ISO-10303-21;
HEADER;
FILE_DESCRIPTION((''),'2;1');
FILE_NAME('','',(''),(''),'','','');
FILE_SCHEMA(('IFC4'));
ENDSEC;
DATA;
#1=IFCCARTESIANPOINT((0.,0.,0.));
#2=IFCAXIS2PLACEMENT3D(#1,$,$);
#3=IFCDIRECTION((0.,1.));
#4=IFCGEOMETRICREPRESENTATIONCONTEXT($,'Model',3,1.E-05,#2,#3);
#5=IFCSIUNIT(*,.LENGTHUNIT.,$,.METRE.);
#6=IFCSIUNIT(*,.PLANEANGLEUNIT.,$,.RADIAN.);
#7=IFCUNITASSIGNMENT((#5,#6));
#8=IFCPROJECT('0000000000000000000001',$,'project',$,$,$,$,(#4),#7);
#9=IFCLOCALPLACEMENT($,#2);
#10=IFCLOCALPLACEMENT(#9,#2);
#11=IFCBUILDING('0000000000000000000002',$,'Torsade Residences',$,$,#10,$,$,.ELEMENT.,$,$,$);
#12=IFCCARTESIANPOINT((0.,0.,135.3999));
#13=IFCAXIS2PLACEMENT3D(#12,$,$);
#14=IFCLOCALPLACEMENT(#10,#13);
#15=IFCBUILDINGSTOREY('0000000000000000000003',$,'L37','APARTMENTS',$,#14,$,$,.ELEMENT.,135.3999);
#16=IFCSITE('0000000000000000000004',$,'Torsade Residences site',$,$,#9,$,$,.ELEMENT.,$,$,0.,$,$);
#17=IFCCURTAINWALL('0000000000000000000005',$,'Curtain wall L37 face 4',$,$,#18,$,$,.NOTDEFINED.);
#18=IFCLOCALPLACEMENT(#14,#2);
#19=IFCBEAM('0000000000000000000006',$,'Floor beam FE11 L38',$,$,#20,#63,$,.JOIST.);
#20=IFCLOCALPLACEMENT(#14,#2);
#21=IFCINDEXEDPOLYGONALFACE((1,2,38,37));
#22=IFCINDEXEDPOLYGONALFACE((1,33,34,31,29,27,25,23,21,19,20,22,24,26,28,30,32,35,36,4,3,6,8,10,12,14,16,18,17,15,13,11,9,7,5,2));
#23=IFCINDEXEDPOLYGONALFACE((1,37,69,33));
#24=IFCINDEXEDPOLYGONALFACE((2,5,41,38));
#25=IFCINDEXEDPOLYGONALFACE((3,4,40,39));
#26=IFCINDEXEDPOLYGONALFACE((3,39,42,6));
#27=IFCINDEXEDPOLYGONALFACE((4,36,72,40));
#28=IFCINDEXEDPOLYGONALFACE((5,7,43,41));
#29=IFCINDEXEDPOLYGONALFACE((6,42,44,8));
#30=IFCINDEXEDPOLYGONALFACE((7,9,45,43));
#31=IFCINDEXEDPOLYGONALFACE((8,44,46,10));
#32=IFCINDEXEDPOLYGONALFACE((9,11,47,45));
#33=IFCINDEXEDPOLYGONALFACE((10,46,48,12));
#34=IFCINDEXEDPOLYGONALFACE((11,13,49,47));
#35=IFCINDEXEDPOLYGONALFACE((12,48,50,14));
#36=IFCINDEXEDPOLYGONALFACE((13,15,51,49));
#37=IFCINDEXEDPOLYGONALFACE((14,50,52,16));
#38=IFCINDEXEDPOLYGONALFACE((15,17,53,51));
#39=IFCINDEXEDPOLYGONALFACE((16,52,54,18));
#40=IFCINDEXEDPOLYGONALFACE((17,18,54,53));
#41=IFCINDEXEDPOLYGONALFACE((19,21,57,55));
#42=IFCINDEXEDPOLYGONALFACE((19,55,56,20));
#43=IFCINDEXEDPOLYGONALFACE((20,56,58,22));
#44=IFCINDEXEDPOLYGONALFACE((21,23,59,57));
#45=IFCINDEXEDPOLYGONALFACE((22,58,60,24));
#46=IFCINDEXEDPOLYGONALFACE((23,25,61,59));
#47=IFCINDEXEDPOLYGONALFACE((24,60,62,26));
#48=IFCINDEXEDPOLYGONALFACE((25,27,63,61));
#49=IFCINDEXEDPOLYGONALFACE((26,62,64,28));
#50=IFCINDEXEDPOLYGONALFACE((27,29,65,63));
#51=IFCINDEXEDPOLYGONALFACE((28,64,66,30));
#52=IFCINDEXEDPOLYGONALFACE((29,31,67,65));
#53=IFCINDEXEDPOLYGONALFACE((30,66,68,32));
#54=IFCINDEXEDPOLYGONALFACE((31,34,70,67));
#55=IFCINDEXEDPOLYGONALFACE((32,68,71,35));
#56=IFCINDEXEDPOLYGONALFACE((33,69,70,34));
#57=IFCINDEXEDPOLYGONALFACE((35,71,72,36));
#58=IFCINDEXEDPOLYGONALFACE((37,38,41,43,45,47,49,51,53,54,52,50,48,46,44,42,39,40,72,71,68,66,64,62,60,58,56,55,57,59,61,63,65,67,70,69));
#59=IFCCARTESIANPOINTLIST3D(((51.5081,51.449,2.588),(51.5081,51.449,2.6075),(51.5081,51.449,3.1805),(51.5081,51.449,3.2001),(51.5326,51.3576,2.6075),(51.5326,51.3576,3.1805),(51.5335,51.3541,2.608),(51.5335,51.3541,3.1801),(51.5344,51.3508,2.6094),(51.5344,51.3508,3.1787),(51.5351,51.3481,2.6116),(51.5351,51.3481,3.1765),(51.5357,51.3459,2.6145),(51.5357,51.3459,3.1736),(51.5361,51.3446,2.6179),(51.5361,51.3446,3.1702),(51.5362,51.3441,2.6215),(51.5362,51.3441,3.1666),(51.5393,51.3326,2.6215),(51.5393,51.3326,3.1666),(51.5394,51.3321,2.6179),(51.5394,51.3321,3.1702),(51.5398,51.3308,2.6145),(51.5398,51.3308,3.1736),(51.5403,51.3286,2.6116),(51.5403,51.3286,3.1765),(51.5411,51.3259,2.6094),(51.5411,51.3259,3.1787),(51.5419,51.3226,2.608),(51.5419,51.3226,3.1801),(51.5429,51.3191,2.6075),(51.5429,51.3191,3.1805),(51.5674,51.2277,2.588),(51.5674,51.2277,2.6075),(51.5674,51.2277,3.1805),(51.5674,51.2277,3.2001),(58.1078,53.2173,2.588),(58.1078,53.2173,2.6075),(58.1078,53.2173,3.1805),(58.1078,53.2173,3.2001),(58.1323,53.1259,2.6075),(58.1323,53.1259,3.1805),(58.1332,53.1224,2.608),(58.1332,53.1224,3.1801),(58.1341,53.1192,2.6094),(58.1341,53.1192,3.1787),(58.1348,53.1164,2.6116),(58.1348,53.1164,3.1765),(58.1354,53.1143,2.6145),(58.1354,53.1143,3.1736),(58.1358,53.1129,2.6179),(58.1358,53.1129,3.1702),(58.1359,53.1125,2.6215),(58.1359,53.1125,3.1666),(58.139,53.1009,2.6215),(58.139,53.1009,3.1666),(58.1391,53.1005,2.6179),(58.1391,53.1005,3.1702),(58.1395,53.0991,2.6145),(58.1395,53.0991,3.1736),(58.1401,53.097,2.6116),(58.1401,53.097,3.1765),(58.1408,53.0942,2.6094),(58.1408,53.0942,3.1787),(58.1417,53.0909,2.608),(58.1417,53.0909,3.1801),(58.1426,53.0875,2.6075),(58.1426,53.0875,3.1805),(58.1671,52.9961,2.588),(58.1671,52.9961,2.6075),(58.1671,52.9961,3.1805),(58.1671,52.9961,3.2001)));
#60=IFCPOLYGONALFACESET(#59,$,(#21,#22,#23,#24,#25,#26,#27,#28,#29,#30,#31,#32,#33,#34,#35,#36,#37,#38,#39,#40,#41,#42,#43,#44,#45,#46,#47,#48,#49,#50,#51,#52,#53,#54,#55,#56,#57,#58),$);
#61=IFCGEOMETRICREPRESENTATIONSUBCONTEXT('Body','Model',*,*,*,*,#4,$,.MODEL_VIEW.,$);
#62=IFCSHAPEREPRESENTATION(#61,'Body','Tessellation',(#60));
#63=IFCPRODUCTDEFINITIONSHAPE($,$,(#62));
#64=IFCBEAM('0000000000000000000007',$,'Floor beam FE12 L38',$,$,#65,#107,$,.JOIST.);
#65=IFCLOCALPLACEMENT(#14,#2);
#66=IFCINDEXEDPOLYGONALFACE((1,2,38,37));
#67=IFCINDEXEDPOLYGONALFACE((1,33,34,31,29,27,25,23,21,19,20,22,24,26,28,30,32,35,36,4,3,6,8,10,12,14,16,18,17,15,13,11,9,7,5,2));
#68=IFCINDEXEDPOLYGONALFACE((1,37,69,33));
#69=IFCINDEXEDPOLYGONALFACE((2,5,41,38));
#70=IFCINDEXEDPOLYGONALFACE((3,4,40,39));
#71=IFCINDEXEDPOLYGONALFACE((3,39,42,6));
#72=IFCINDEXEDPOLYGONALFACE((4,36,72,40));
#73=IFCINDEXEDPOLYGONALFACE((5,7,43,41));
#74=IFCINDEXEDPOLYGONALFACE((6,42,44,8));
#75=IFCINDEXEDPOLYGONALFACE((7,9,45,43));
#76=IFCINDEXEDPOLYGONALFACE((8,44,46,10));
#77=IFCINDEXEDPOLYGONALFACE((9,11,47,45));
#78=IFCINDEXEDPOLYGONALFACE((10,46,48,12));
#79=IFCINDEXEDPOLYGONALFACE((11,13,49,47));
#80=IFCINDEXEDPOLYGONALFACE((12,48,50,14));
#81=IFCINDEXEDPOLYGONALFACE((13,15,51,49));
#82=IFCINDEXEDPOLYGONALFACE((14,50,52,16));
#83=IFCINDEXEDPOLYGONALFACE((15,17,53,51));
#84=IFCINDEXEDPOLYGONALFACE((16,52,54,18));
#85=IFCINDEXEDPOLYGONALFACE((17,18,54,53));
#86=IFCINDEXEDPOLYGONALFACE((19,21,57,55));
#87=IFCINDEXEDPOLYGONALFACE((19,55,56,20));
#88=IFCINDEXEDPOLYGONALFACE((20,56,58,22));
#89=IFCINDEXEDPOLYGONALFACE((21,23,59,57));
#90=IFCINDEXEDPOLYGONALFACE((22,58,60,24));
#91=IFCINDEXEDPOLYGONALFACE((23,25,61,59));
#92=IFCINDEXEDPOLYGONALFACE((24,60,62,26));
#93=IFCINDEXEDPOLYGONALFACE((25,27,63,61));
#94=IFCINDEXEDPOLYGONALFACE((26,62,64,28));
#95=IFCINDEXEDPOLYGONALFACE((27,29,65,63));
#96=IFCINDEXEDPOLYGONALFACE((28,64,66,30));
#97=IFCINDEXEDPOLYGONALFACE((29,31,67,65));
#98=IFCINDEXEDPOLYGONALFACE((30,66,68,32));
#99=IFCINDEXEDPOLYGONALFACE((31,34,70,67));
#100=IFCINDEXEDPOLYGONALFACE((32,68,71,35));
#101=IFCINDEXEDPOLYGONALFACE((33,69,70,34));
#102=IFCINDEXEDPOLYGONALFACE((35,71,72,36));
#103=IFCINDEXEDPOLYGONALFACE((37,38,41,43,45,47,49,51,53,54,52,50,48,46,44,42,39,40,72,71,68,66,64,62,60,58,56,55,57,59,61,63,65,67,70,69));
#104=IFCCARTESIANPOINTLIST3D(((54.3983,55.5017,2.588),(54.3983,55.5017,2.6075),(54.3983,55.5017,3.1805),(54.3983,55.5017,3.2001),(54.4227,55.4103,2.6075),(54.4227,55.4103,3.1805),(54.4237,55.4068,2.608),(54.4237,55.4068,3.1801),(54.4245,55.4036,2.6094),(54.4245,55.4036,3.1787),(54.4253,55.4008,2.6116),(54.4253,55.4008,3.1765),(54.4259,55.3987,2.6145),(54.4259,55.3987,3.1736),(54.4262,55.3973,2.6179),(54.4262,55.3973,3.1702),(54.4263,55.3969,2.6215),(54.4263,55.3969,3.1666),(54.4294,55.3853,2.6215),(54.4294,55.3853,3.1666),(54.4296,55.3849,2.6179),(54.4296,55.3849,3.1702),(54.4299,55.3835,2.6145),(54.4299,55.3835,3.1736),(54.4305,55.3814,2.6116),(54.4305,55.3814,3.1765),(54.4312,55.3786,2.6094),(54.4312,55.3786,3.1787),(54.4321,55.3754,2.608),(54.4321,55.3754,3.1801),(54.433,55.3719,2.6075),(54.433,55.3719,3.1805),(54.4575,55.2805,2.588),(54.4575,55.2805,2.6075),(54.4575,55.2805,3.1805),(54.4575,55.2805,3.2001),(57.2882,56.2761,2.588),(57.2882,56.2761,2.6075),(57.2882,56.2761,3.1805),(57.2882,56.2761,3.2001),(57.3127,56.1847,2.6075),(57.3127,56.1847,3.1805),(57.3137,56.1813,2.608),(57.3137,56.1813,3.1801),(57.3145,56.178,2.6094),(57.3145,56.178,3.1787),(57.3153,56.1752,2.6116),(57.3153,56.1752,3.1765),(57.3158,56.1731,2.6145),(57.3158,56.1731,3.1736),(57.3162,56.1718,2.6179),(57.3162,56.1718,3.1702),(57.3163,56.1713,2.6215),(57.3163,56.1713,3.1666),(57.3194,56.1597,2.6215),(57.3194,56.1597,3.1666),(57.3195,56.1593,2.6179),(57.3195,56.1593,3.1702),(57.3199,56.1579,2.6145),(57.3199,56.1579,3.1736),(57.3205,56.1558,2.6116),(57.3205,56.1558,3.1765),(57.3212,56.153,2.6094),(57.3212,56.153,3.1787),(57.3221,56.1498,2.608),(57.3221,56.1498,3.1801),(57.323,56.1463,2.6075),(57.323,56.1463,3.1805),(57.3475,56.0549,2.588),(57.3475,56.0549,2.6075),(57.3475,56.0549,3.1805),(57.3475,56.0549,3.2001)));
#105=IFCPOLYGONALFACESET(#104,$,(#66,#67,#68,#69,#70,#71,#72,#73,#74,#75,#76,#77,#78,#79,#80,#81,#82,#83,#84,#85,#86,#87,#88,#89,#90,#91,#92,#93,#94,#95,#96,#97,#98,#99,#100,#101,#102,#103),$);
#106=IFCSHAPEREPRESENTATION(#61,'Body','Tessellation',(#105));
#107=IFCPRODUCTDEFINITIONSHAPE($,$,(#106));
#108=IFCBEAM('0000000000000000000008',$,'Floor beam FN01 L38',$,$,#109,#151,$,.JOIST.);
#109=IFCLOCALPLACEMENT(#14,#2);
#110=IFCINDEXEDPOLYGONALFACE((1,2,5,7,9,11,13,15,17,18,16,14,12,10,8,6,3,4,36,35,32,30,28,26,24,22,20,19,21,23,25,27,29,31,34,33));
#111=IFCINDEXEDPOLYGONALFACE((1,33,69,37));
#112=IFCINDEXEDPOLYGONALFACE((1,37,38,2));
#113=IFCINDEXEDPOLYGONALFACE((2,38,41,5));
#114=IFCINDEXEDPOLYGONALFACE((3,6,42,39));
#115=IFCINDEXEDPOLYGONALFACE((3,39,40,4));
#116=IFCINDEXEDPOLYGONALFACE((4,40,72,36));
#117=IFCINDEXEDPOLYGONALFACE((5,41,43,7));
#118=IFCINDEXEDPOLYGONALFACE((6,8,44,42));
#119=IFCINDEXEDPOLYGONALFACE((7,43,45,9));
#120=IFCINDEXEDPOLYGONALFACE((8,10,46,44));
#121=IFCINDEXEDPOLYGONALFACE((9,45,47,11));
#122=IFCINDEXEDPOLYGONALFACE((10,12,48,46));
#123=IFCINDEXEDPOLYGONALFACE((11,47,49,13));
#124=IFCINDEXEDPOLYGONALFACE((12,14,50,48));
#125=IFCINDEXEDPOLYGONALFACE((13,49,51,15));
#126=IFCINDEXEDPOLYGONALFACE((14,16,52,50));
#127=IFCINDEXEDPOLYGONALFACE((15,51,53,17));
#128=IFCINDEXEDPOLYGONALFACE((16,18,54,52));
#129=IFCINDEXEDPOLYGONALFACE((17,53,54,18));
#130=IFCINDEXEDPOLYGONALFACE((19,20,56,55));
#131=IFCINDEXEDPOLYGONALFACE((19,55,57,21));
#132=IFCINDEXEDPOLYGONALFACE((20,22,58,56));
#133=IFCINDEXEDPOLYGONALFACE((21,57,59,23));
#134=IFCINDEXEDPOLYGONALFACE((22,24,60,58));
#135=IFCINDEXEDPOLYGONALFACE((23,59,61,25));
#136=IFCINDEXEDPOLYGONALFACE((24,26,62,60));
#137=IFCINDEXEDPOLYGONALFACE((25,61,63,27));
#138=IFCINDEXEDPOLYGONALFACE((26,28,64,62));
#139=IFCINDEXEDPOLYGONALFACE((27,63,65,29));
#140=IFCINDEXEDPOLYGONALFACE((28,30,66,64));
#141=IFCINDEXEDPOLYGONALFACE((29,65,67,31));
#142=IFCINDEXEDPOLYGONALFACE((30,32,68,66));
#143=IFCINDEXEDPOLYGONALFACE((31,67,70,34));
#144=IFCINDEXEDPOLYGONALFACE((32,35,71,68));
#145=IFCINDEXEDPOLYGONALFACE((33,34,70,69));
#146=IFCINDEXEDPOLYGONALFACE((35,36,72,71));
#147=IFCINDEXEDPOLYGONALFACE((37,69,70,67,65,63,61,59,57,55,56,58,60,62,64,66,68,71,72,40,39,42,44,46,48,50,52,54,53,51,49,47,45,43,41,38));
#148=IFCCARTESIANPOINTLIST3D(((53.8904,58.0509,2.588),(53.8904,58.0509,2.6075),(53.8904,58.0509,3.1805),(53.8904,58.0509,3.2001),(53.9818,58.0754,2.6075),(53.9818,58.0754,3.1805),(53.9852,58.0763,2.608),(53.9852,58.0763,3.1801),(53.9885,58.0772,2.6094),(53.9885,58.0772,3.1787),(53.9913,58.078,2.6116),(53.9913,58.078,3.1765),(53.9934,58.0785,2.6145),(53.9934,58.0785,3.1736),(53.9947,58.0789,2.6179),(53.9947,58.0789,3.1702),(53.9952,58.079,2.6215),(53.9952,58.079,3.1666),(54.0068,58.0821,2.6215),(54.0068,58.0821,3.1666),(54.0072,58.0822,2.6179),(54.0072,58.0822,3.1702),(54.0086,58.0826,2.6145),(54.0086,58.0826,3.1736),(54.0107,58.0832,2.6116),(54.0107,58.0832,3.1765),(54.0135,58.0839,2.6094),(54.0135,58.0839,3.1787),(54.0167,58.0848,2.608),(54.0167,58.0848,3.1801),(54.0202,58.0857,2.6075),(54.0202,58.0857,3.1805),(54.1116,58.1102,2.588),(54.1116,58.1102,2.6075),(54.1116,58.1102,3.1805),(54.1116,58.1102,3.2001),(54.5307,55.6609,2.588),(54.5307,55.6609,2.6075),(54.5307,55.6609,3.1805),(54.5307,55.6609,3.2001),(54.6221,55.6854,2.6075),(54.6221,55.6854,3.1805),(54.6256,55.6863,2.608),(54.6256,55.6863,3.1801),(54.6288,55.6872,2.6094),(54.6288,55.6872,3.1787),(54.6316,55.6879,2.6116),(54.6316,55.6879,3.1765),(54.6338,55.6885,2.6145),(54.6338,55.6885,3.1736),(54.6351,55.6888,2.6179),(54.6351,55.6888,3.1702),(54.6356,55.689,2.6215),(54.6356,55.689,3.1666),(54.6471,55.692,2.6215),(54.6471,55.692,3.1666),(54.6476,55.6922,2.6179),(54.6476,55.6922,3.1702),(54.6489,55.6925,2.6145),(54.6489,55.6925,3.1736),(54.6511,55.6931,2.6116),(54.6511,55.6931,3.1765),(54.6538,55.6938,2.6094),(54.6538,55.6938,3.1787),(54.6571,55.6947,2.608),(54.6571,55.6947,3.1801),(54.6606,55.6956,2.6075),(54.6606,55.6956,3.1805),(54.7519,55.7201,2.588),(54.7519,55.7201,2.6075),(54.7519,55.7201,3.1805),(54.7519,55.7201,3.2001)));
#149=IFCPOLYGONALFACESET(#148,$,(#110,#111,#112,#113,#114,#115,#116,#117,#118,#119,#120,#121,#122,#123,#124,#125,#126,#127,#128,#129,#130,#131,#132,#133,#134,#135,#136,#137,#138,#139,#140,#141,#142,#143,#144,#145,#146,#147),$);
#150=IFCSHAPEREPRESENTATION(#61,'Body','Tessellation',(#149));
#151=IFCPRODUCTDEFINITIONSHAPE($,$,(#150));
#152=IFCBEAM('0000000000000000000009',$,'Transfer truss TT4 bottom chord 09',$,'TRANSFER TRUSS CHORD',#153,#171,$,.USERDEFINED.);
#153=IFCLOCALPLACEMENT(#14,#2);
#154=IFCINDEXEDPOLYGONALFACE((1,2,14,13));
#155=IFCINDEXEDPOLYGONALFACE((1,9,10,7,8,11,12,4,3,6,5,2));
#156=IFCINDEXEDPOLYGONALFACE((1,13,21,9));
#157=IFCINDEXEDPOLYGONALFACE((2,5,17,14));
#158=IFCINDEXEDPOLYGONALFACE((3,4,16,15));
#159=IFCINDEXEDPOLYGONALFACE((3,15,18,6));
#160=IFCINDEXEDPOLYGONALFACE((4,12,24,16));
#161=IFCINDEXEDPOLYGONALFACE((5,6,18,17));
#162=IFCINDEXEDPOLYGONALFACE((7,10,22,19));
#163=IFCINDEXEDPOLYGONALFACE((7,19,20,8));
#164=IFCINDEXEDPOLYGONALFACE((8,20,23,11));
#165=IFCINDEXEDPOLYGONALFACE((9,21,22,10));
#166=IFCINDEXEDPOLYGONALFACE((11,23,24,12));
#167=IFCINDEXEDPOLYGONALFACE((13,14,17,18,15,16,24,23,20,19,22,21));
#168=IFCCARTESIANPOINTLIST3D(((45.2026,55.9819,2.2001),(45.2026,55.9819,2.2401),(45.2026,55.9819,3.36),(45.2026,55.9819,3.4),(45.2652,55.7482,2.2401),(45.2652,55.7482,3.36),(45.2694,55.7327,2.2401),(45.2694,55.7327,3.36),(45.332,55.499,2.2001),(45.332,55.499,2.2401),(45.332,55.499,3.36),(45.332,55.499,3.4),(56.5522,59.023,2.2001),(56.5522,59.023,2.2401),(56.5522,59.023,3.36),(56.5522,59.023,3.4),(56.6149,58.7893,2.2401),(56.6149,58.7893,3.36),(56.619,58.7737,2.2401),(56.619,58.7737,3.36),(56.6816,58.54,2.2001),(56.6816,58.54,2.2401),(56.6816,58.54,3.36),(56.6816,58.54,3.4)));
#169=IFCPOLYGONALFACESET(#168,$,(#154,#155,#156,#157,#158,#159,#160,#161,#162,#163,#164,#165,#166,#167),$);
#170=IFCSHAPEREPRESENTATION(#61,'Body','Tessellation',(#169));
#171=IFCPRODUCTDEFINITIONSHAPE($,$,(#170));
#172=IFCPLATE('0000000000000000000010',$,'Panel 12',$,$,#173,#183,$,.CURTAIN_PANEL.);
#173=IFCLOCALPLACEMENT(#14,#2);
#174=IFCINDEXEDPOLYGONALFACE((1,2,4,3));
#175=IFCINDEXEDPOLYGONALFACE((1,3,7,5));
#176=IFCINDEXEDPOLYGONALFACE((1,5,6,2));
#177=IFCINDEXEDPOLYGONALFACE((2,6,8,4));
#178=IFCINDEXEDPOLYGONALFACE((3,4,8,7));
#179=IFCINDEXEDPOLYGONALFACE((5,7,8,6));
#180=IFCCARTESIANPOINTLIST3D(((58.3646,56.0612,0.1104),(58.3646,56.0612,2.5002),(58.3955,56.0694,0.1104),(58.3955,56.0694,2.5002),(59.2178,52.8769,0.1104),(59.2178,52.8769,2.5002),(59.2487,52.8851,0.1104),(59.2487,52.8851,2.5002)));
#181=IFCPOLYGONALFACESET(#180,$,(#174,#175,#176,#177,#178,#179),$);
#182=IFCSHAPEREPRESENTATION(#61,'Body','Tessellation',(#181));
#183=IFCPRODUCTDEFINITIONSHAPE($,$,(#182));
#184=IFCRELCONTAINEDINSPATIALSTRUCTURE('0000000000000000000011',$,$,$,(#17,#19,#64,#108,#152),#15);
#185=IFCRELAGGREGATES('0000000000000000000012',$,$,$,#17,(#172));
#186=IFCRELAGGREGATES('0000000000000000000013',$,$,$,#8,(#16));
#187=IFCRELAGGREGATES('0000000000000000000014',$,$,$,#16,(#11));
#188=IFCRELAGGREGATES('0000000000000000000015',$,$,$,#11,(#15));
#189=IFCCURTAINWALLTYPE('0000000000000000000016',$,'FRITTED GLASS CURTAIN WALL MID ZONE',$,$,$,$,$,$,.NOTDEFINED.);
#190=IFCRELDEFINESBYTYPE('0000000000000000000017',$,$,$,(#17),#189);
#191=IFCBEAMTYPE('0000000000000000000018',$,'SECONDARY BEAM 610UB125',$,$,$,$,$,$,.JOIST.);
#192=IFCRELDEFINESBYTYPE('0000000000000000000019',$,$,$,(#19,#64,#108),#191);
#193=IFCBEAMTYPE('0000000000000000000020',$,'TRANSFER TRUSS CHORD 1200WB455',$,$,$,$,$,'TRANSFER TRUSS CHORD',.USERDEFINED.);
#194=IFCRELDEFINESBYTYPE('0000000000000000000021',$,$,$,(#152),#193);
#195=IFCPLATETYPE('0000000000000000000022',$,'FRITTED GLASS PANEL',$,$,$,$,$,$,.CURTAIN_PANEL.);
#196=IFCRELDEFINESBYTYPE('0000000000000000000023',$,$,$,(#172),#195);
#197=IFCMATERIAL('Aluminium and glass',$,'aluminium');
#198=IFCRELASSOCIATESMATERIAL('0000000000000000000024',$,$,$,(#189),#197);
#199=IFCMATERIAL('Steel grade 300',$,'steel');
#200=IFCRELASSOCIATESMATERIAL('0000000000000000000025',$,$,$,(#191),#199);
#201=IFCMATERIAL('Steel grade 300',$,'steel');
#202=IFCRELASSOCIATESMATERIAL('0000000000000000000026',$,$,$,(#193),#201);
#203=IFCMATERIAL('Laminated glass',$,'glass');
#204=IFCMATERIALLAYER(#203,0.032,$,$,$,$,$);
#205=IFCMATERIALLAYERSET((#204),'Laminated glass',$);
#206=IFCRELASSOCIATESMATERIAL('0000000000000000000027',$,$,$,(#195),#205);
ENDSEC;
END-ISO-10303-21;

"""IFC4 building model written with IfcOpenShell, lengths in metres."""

from ifc_helpers import new_model, si_unit, direction, frame, origin, origin_2d, place, context, subcontext, project, spatial, rectangle, i_section, extrude, material, layer, layer_set, material_profile, profile_set, type_object, element, aggregate, save


model = new_model("IFC4")

# Units and contexts
model_context = context("Model", 3, precision=1e-05, world=origin(), true_north=direction((0.0, 1.0)))
body_context = subcontext(model_context, "Body", "Model", "MODEL_VIEW")
ifc_project = project(units=[si_unit("LENGTHUNIT", "METRE"), si_unit("PLANEANGLEUNIT", "RADIAN")], contexts=[model_context])

# Site, building, storey
site_placement = place(None, origin())
site = spatial("IfcSite", under=ifc_project, at=site_placement, Name="Torsade Residences site", CompositionType="ELEMENT", RefElevation=0.0)
building_placement = place(site_placement, origin())
building = spatial("IfcBuilding", under=site, at=building_placement, Name="Torsade Residences", CompositionType="ELEMENT")
storey_placement = place(building_placement, frame((0.0, 0.0, 135.3999)))
storey = spatial("IfcBuildingStorey", under=building, at=storey_placement, Name="L37", Description="APARTMENTS", CompositionType="ELEMENT", Elevation=135.3999)

# Curtain wall
ifc_material_1 = material(Name="Aluminium and glass", Category="aluminium")
curtain_wall_type = type_object("IfcCurtainWallType", Name="FRITTED GLASS CURTAIN WALL MID ZONE", PredefinedType="NOTDEFINED", material=ifc_material_1)
curtain_wall_1_placement = place(storey_placement, origin())
curtain_wall_1 = element("IfcCurtainWall", 1, at=curtain_wall_1_placement, inside=storey, type_object=curtain_wall_type, Name="Curtain wall L37 face 4", PredefinedType="NOTDEFINED")

# Beams
ifc_material_2 = material(Name="Steel grade 300", Category="steel")
ifc_material_profile_1 = material_profile(ifc_material_2, i_section(OverallWidth=0.229, OverallDepth=0.6121, WebThickness=0.012, FlangeThickness=0.0195, FilletRadius=0.0139, at=origin_2d()), Name="610UB125")
ifc_profile_set_1 = profile_set([ifc_material_profile_1], Name="Steel grade 300")
beam_type_1 = type_object("IfcBeamType", Name="SECONDARY BEAM 610UB125", PredefinedType="JOIST", material=ifc_profile_set_1)
beam_1_placement = place(storey_placement, frame((58.1375, 53.1067, 2.894), z_axis=(-0.965928, -0.258812, 0.0), x_axis=(0.258812, -0.965928, 0.0)))
element("IfcBeam", 2, at=beam_1_placement, inside=storey, type_object=beam_type_1, Name="Floor beam FE11 L38", PredefinedType="JOIST", context=body_context, shape_type="SweptSolid", body=[
    extrude(i_section(OverallWidth=0.229, OverallDepth=0.6121, WebThickness=0.012, FlangeThickness=0.0195, FilletRadius=0.0139, at=origin_2d()), origin(), (0.0, 0.0, 1.0), 6.8325),
])
beam_2_placement = place(storey_placement, frame((57.3179, 56.1655, 2.894), z_axis=(-0.96592, -0.258841, 0.0), x_axis=(0.258841, -0.96592, 0.0)))
element("IfcBeam", 3, at=beam_2_placement, inside=storey, type_object=beam_type_1, Name="Floor beam FE12 L38", PredefinedType="JOIST", context=body_context, shape_type="SweptSolid", body=[
    extrude(i_section(OverallWidth=0.229, OverallDepth=0.6121, WebThickness=0.012, FlangeThickness=0.0195, FilletRadius=0.0139, at=origin_2d()), origin(), (0.0, 0.0, 1.0), 2.9919),
])
beam_3_placement = place(storey_placement, frame((54.001, 58.0806, 2.894), z_axis=(0.258799, -0.965931, 0.0), x_axis=(0.965931, 0.258799, 0.0)))
element("IfcBeam", 4, at=beam_3_placement, inside=storey, type_object=beam_type_1, Name="Floor beam FN01 L38", PredefinedType="JOIST", context=body_context, shape_type="SweptSolid", body=[
    extrude(i_section(OverallWidth=0.229, OverallDepth=0.6121, WebThickness=0.012, FlangeThickness=0.0195, FilletRadius=0.0139, at=origin_2d()), origin(), (0.0, 0.0, 1.0), 2.4744),
])
ifc_material_3 = material(Name="Steel grade 300", Category="steel")
ifc_material_profile_2 = material_profile(ifc_material_3, i_section(OverallWidth=0.5, OverallDepth=1.2, WebThickness=0.0161, FlangeThickness=0.04, at=origin_2d()), Name="1200WB455")
ifc_profile_set_2 = profile_set([ifc_material_profile_2], Name="Steel grade 300")
beam_type_2 = type_object("IfcBeamType", Name="TRANSFER TRUSS CHORD 1200WB455", ElementType="TRANSFER TRUSS CHORD", PredefinedType="USERDEFINED", material=ifc_profile_set_2)
beam_4_placement = place(storey_placement, frame((56.6169, 58.7815, 2.8), z_axis=(-0.965928, -0.258811, 0.0), x_axis=(0.258811, -0.965928, 0.0)))
element("IfcBeam", 5, at=beam_4_placement, inside=storey, type_object=beam_type_2, Name="Transfer truss TT4 bottom chord 09", ObjectType="TRANSFER TRUSS CHORD", PredefinedType="USERDEFINED", context=body_context, shape_type="SweptSolid", body=[
    extrude(i_section(OverallWidth=0.5, OverallDepth=1.2, WebThickness=0.0161, FlangeThickness=0.04, at=origin_2d()), origin(), (0.0, 0.0, 1.0), 11.75),
])

# Plate
ifc_material_4 = material(Name="Laminated glass", Category="glass")
ifc_layer_1 = layer(ifc_material_4, 0.032)
ifc_layer_set_1 = layer_set([ifc_layer_1], Name="Laminated glass")
plate_type_1 = type_object("IfcPlateType", Name="FRITTED GLASS PANEL", PredefinedType="CURTAIN_PANEL", material=ifc_layer_set_1)
plate_1_placement = place(storey_placement, frame((58.8066, 54.4731, 0.1104), z_axis=(0.0, 0.0, 1.0), x_axis=(-0.258819, 0.965926, 0.0)))
plate_1 = element("IfcPlate", 6, at=plate_1_placement, type_object=plate_type_1, Name="Panel 12", PredefinedType="CURTAIN_PANEL", context=body_context, shape_type="SweptSolid", body=[
    extrude(rectangle(XDim=3.2966, YDim=0.032, at=origin_2d()), origin(), (0.0, 0.0, 1.0), 2.3899),
])
aggregate(curtain_wall_1, [plate_1])

save(model, "model.ifc")
